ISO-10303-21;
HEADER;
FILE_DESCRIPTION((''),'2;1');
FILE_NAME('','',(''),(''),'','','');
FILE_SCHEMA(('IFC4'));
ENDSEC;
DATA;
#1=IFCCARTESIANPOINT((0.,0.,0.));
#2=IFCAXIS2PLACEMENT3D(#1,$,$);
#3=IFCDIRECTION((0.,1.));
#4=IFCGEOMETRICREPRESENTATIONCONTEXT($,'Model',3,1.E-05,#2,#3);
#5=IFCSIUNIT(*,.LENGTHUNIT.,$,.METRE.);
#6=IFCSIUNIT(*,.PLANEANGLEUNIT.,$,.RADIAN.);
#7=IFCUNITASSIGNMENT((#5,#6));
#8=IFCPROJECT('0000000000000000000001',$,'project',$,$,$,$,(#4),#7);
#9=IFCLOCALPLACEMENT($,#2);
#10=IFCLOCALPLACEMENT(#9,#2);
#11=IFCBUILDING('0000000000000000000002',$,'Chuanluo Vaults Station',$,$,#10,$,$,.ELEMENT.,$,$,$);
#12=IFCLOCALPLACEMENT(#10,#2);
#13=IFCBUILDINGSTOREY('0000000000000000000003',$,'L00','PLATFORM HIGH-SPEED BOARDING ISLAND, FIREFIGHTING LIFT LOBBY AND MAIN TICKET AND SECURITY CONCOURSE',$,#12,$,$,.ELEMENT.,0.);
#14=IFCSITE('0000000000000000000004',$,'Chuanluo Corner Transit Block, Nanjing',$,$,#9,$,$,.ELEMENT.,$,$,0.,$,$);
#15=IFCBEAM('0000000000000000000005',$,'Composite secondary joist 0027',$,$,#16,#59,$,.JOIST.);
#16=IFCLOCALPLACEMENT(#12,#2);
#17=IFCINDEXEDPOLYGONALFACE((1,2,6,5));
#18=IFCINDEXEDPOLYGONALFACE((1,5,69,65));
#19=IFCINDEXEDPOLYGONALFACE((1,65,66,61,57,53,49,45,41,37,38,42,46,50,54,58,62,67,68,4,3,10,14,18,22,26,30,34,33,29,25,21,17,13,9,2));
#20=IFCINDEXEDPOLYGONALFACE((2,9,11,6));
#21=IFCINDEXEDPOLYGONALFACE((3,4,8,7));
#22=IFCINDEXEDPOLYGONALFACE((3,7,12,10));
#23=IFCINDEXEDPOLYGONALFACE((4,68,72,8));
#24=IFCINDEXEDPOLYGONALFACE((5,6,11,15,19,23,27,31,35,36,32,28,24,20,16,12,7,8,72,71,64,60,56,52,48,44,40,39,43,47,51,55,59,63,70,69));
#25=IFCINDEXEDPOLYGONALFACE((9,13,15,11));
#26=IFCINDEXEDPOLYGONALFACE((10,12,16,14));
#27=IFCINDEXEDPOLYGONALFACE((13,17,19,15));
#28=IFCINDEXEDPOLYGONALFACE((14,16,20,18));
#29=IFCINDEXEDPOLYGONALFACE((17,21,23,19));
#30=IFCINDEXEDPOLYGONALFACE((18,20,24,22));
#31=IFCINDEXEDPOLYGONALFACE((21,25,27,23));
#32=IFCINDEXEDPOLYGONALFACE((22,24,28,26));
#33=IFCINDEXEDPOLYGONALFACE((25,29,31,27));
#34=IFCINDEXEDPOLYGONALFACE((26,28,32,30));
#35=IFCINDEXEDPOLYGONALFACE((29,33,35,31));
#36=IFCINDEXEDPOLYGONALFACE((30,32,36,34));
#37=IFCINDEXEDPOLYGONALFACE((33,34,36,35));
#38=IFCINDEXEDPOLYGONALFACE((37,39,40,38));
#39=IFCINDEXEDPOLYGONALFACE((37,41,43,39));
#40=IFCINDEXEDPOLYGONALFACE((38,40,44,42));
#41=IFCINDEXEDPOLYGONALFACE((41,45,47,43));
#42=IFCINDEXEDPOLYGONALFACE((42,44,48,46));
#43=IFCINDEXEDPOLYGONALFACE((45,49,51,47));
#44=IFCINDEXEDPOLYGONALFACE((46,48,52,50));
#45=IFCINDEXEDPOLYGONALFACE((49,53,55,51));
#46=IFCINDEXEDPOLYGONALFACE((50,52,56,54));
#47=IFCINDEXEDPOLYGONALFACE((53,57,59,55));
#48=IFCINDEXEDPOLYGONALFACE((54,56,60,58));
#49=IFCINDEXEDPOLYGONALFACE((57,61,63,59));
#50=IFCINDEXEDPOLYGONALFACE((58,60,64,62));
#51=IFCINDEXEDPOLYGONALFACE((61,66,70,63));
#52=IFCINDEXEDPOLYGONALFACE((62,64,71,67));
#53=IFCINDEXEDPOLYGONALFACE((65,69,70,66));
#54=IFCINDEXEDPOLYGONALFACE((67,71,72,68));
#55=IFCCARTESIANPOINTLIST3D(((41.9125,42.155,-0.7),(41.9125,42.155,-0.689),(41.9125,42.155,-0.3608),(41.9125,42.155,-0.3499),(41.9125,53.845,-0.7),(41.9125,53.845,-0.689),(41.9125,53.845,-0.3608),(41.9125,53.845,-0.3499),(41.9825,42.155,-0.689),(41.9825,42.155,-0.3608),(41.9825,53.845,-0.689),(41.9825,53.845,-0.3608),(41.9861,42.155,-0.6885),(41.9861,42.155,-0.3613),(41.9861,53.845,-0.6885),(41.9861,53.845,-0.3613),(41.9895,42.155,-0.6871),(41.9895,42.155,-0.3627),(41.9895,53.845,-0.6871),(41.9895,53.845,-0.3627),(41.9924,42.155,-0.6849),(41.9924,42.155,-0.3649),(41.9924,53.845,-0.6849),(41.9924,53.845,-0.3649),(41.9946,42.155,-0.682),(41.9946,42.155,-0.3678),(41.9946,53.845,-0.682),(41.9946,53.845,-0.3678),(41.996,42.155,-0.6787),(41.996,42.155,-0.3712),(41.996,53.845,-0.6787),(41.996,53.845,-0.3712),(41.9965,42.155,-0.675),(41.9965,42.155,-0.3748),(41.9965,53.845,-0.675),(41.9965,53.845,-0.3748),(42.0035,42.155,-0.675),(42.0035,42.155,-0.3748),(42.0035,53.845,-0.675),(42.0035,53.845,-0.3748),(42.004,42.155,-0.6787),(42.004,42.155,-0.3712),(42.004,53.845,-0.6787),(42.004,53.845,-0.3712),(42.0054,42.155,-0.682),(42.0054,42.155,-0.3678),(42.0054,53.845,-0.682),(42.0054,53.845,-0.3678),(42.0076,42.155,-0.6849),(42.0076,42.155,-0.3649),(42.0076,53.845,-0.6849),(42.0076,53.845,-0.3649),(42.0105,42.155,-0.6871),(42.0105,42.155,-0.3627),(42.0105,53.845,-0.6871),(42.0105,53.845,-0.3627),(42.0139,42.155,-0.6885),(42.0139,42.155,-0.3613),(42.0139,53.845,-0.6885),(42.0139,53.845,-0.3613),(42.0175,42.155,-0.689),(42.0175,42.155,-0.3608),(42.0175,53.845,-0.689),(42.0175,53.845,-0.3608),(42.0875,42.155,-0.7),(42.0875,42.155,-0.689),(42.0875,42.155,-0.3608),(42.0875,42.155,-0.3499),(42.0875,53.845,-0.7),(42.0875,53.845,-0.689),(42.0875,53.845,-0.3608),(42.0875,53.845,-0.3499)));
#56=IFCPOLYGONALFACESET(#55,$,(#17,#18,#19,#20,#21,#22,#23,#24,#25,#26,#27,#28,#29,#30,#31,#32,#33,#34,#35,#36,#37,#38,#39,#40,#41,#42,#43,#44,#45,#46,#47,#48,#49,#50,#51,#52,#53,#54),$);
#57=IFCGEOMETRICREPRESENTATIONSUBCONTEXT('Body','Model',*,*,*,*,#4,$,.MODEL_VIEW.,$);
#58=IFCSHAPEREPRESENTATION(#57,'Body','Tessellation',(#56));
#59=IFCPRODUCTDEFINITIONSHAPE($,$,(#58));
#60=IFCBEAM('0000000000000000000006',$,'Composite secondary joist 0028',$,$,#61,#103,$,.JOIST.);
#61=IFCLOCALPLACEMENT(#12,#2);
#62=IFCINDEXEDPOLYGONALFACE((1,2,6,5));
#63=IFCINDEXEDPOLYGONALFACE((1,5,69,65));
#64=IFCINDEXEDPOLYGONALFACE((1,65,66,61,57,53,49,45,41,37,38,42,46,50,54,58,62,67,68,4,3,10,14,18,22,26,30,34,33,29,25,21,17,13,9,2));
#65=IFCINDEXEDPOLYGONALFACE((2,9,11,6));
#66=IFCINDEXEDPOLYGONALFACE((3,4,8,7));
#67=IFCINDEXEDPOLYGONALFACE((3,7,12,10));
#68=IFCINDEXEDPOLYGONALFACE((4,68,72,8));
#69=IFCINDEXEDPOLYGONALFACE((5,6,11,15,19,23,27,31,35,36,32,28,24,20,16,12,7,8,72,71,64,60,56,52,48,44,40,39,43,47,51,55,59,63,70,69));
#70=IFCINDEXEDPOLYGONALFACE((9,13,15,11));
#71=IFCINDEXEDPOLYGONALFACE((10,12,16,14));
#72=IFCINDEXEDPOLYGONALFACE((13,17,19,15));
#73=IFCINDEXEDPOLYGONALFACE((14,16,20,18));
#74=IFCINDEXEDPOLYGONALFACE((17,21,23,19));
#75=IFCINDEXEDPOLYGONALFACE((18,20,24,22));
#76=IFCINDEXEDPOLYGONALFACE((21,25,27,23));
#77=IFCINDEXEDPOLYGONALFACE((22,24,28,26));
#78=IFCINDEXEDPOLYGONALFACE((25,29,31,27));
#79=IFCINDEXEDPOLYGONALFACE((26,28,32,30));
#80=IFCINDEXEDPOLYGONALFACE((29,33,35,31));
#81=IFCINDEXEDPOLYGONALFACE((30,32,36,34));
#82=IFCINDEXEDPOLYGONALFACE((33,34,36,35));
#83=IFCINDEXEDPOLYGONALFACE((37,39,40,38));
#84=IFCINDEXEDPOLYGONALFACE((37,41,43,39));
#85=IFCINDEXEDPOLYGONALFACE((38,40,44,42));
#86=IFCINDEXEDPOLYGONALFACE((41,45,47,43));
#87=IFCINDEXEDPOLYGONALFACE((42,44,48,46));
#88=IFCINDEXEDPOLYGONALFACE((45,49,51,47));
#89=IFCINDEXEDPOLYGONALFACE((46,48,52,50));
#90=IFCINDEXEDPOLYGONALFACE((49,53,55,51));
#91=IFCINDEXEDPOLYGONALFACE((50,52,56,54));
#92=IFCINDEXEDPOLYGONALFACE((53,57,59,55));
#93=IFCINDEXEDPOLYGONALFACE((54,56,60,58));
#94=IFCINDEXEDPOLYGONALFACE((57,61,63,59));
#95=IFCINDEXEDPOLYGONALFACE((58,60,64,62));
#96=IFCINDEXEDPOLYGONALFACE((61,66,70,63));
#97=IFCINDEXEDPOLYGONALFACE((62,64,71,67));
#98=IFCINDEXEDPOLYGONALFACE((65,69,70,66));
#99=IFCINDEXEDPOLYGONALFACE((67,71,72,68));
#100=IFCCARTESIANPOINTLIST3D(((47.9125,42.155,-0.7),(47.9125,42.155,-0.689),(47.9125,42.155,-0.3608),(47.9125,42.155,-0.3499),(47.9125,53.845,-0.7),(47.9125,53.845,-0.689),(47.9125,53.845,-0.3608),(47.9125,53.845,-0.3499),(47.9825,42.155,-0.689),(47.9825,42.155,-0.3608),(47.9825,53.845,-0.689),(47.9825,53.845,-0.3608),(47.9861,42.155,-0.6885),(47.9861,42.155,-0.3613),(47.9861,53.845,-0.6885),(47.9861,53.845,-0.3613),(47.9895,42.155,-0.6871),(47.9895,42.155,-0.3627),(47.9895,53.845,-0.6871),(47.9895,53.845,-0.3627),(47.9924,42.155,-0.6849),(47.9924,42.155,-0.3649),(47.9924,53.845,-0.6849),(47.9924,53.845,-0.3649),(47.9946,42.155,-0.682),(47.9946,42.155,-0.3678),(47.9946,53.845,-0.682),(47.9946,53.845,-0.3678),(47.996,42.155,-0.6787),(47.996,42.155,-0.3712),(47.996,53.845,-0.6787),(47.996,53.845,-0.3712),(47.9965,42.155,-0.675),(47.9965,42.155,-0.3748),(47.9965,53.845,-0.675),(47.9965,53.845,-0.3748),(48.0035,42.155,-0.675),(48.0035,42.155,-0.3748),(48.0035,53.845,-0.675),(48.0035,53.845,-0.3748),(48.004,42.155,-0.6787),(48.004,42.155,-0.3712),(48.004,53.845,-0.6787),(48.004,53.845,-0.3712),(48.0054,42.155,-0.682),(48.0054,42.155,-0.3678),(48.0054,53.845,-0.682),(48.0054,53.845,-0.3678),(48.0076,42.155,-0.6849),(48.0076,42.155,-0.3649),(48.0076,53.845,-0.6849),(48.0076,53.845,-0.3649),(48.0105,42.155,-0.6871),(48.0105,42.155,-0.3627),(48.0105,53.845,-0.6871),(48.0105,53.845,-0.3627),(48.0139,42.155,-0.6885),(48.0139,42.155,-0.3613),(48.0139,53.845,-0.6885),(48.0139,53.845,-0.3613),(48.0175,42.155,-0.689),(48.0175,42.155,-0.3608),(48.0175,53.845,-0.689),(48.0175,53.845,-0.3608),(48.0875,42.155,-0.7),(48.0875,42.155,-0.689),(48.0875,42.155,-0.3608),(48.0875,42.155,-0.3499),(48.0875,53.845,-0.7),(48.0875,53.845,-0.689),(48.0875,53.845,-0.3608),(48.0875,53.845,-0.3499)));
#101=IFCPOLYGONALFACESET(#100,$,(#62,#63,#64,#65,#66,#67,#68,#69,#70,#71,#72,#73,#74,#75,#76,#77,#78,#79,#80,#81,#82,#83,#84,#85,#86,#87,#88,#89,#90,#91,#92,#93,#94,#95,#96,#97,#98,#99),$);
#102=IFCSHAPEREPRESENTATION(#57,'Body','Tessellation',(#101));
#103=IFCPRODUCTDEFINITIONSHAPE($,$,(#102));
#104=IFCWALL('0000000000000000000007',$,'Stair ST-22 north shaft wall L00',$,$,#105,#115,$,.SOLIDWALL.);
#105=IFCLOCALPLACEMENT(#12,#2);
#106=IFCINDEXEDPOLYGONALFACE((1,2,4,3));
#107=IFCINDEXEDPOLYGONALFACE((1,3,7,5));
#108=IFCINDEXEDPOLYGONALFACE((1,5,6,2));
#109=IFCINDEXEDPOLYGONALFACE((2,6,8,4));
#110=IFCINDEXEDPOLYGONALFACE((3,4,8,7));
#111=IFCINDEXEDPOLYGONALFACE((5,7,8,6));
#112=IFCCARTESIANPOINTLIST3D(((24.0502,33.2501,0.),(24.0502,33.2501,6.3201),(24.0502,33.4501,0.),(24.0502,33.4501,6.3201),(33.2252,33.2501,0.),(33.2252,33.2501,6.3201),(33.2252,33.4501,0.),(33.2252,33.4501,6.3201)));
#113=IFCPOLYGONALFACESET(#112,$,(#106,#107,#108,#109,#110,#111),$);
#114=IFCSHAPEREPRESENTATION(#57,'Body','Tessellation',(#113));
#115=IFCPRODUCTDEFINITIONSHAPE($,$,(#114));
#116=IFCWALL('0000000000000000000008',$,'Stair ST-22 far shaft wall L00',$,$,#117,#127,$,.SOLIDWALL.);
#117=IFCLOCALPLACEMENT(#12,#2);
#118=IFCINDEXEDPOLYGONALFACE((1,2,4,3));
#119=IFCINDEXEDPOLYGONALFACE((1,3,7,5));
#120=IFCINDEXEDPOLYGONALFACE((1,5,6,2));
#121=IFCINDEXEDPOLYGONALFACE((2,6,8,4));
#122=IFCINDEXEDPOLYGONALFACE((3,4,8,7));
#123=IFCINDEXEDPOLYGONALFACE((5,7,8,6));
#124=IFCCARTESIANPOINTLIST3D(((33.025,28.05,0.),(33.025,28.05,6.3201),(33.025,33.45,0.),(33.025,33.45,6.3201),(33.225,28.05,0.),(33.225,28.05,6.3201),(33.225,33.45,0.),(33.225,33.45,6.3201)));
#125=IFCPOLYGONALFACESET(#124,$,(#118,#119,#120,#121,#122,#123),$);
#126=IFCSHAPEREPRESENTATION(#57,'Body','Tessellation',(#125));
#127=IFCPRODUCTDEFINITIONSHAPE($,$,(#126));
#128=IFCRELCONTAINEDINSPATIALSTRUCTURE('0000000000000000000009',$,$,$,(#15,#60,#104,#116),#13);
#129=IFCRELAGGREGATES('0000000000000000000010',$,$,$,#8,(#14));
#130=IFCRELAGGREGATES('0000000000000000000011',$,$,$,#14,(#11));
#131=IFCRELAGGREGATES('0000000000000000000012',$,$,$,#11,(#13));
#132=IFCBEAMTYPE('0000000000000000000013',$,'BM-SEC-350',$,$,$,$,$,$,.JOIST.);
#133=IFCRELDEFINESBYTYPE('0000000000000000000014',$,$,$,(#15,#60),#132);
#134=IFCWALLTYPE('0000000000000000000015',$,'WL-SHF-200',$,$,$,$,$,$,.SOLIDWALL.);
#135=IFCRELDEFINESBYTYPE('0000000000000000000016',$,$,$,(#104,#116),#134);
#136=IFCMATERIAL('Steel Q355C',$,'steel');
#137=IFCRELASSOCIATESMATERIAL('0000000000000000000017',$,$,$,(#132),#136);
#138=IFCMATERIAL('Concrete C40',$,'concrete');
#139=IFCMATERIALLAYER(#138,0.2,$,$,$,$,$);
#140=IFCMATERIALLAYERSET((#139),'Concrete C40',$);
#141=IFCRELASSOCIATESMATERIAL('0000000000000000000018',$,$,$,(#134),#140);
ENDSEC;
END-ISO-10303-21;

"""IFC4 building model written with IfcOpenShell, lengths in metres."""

from ifc_helpers import new_model, si_unit, direction, frame, frame_2d, origin, origin_2d, place, context, subcontext, project, spatial, rectangle, i_section, extrude, material, layer, layer_set, material_profile, profile_set, type_object, element, save


model = new_model("IFC4")

# Units and contexts
model_context = context("Model", 3, precision=1e-05, world=origin(), true_north=direction((0.0, 1.0)))
body_context = subcontext(model_context, "Body", "Model", "MODEL_VIEW")
ifc_project = project(units=[si_unit("LENGTHUNIT", "METRE"), si_unit("PLANEANGLEUNIT", "RADIAN")], contexts=[model_context])

# Site, building, storey
site_placement = place(None, origin())
site = spatial("IfcSite", under=ifc_project, at=site_placement, Name="Chuanluo Corner Transit Block, Nanjing", CompositionType="ELEMENT", RefElevation=0.0)
building_placement = place(site_placement, origin())
building = spatial("IfcBuilding", under=site, at=building_placement, Name="Chuanluo Vaults Station", CompositionType="ELEMENT")
storey_placement = place(building_placement, origin())
storey = spatial("IfcBuildingStorey", under=building, at=storey_placement, Name="L00", Description="PLATFORM HIGH-SPEED BOARDING ISLAND, FIREFIGHTING LIFT LOBBY AND MAIN TICKET AND SECURITY CONCOURSE", CompositionType="ELEMENT", Elevation=0.0)

# Beams
ifc_material_1 = material(Name="Steel Q355C", Category="steel")
ifc_material_profile_1 = material_profile(ifc_material_1, i_section(OverallWidth=0.175, OverallDepth=0.3501, WebThickness=0.0071, FlangeThickness=0.011, FilletRadius=0.0139, at=origin_2d()))
ifc_profile_set_1 = profile_set([ifc_material_profile_1], Name="Steel Q355C")
beam_type_1 = type_object("IfcBeamType", Name="BM-SEC-350", PredefinedType="JOIST", material=ifc_profile_set_1)
for number, where, z_axis, x_axis, name in (
    (1, (42.0, 42.155, -0.5249), (0.0, 1.0, 0.0), (-1.0, 0.0, 0.0), "Composite secondary joist 0027"),
    (2, (48.0, 42.155, -0.5249), (0.0, 1.0, 0.0), (-1.0, 0.0, 0.0), "Composite secondary joist 0028"),
):
    element("IfcBeam", number, at=place(storey_placement, frame(where, z_axis=z_axis, x_axis=x_axis)), inside=storey, type_object=beam_type_1, Name=name, PredefinedType="JOIST", context=body_context, shape_type="SweptSolid", body=[
        extrude(i_section(OverallWidth=0.175, OverallDepth=0.3501, WebThickness=0.0071, FlangeThickness=0.011, FilletRadius=0.0139, at=origin_2d()), origin(), (0.0, 0.0, 1.0), 11.6899),
    ])

# Walls
ifc_material_2 = material(Name="Concrete C40", Category="concrete")
ifc_layer = layer(ifc_material_2, 0.2)
ifc_layer_set = layer_set([ifc_layer], Name="Concrete C40")
wall_type = type_object("IfcWallType", Name="WL-SHF-200", PredefinedType="SOLIDWALL", material=ifc_layer_set)
wall_1_placement = place(storey_placement, frame((33.2251, 33.3501, 0.0), z_axis=(0.0, 0.0, 1.0), x_axis=(-1.0, 0.0, 0.0)))
element("IfcWall", 3, at=wall_1_placement, inside=storey, type_object=wall_type, Name="Stair ST-22 north shaft wall L00", PredefinedType="SOLIDWALL", context=body_context, shape_type="SweptSolid", body=[
    extrude(rectangle(XDim=9.175, YDim=0.2, at=frame_2d((4.5874, 0.0))), origin(), (0.0, 0.0, 1.0), 6.3201),
])
wall_2_placement = place(storey_placement, frame((33.125, 28.05, 0.0), z_axis=(0.0, 0.0, 1.0), x_axis=(0.0, 1.0, 0.0)))
element("IfcWall", 4, at=wall_2_placement, inside=storey, type_object=wall_type, Name="Stair ST-22 far shaft wall L00", PredefinedType="SOLIDWALL", context=body_context, shape_type="SweptSolid", body=[
    extrude(rectangle(XDim=5.3999, YDim=0.2, at=frame_2d((2.7, 0.0))), origin(), (0.0, 0.0, 1.0), 6.3201),
])

save(model, "model.ifc")
